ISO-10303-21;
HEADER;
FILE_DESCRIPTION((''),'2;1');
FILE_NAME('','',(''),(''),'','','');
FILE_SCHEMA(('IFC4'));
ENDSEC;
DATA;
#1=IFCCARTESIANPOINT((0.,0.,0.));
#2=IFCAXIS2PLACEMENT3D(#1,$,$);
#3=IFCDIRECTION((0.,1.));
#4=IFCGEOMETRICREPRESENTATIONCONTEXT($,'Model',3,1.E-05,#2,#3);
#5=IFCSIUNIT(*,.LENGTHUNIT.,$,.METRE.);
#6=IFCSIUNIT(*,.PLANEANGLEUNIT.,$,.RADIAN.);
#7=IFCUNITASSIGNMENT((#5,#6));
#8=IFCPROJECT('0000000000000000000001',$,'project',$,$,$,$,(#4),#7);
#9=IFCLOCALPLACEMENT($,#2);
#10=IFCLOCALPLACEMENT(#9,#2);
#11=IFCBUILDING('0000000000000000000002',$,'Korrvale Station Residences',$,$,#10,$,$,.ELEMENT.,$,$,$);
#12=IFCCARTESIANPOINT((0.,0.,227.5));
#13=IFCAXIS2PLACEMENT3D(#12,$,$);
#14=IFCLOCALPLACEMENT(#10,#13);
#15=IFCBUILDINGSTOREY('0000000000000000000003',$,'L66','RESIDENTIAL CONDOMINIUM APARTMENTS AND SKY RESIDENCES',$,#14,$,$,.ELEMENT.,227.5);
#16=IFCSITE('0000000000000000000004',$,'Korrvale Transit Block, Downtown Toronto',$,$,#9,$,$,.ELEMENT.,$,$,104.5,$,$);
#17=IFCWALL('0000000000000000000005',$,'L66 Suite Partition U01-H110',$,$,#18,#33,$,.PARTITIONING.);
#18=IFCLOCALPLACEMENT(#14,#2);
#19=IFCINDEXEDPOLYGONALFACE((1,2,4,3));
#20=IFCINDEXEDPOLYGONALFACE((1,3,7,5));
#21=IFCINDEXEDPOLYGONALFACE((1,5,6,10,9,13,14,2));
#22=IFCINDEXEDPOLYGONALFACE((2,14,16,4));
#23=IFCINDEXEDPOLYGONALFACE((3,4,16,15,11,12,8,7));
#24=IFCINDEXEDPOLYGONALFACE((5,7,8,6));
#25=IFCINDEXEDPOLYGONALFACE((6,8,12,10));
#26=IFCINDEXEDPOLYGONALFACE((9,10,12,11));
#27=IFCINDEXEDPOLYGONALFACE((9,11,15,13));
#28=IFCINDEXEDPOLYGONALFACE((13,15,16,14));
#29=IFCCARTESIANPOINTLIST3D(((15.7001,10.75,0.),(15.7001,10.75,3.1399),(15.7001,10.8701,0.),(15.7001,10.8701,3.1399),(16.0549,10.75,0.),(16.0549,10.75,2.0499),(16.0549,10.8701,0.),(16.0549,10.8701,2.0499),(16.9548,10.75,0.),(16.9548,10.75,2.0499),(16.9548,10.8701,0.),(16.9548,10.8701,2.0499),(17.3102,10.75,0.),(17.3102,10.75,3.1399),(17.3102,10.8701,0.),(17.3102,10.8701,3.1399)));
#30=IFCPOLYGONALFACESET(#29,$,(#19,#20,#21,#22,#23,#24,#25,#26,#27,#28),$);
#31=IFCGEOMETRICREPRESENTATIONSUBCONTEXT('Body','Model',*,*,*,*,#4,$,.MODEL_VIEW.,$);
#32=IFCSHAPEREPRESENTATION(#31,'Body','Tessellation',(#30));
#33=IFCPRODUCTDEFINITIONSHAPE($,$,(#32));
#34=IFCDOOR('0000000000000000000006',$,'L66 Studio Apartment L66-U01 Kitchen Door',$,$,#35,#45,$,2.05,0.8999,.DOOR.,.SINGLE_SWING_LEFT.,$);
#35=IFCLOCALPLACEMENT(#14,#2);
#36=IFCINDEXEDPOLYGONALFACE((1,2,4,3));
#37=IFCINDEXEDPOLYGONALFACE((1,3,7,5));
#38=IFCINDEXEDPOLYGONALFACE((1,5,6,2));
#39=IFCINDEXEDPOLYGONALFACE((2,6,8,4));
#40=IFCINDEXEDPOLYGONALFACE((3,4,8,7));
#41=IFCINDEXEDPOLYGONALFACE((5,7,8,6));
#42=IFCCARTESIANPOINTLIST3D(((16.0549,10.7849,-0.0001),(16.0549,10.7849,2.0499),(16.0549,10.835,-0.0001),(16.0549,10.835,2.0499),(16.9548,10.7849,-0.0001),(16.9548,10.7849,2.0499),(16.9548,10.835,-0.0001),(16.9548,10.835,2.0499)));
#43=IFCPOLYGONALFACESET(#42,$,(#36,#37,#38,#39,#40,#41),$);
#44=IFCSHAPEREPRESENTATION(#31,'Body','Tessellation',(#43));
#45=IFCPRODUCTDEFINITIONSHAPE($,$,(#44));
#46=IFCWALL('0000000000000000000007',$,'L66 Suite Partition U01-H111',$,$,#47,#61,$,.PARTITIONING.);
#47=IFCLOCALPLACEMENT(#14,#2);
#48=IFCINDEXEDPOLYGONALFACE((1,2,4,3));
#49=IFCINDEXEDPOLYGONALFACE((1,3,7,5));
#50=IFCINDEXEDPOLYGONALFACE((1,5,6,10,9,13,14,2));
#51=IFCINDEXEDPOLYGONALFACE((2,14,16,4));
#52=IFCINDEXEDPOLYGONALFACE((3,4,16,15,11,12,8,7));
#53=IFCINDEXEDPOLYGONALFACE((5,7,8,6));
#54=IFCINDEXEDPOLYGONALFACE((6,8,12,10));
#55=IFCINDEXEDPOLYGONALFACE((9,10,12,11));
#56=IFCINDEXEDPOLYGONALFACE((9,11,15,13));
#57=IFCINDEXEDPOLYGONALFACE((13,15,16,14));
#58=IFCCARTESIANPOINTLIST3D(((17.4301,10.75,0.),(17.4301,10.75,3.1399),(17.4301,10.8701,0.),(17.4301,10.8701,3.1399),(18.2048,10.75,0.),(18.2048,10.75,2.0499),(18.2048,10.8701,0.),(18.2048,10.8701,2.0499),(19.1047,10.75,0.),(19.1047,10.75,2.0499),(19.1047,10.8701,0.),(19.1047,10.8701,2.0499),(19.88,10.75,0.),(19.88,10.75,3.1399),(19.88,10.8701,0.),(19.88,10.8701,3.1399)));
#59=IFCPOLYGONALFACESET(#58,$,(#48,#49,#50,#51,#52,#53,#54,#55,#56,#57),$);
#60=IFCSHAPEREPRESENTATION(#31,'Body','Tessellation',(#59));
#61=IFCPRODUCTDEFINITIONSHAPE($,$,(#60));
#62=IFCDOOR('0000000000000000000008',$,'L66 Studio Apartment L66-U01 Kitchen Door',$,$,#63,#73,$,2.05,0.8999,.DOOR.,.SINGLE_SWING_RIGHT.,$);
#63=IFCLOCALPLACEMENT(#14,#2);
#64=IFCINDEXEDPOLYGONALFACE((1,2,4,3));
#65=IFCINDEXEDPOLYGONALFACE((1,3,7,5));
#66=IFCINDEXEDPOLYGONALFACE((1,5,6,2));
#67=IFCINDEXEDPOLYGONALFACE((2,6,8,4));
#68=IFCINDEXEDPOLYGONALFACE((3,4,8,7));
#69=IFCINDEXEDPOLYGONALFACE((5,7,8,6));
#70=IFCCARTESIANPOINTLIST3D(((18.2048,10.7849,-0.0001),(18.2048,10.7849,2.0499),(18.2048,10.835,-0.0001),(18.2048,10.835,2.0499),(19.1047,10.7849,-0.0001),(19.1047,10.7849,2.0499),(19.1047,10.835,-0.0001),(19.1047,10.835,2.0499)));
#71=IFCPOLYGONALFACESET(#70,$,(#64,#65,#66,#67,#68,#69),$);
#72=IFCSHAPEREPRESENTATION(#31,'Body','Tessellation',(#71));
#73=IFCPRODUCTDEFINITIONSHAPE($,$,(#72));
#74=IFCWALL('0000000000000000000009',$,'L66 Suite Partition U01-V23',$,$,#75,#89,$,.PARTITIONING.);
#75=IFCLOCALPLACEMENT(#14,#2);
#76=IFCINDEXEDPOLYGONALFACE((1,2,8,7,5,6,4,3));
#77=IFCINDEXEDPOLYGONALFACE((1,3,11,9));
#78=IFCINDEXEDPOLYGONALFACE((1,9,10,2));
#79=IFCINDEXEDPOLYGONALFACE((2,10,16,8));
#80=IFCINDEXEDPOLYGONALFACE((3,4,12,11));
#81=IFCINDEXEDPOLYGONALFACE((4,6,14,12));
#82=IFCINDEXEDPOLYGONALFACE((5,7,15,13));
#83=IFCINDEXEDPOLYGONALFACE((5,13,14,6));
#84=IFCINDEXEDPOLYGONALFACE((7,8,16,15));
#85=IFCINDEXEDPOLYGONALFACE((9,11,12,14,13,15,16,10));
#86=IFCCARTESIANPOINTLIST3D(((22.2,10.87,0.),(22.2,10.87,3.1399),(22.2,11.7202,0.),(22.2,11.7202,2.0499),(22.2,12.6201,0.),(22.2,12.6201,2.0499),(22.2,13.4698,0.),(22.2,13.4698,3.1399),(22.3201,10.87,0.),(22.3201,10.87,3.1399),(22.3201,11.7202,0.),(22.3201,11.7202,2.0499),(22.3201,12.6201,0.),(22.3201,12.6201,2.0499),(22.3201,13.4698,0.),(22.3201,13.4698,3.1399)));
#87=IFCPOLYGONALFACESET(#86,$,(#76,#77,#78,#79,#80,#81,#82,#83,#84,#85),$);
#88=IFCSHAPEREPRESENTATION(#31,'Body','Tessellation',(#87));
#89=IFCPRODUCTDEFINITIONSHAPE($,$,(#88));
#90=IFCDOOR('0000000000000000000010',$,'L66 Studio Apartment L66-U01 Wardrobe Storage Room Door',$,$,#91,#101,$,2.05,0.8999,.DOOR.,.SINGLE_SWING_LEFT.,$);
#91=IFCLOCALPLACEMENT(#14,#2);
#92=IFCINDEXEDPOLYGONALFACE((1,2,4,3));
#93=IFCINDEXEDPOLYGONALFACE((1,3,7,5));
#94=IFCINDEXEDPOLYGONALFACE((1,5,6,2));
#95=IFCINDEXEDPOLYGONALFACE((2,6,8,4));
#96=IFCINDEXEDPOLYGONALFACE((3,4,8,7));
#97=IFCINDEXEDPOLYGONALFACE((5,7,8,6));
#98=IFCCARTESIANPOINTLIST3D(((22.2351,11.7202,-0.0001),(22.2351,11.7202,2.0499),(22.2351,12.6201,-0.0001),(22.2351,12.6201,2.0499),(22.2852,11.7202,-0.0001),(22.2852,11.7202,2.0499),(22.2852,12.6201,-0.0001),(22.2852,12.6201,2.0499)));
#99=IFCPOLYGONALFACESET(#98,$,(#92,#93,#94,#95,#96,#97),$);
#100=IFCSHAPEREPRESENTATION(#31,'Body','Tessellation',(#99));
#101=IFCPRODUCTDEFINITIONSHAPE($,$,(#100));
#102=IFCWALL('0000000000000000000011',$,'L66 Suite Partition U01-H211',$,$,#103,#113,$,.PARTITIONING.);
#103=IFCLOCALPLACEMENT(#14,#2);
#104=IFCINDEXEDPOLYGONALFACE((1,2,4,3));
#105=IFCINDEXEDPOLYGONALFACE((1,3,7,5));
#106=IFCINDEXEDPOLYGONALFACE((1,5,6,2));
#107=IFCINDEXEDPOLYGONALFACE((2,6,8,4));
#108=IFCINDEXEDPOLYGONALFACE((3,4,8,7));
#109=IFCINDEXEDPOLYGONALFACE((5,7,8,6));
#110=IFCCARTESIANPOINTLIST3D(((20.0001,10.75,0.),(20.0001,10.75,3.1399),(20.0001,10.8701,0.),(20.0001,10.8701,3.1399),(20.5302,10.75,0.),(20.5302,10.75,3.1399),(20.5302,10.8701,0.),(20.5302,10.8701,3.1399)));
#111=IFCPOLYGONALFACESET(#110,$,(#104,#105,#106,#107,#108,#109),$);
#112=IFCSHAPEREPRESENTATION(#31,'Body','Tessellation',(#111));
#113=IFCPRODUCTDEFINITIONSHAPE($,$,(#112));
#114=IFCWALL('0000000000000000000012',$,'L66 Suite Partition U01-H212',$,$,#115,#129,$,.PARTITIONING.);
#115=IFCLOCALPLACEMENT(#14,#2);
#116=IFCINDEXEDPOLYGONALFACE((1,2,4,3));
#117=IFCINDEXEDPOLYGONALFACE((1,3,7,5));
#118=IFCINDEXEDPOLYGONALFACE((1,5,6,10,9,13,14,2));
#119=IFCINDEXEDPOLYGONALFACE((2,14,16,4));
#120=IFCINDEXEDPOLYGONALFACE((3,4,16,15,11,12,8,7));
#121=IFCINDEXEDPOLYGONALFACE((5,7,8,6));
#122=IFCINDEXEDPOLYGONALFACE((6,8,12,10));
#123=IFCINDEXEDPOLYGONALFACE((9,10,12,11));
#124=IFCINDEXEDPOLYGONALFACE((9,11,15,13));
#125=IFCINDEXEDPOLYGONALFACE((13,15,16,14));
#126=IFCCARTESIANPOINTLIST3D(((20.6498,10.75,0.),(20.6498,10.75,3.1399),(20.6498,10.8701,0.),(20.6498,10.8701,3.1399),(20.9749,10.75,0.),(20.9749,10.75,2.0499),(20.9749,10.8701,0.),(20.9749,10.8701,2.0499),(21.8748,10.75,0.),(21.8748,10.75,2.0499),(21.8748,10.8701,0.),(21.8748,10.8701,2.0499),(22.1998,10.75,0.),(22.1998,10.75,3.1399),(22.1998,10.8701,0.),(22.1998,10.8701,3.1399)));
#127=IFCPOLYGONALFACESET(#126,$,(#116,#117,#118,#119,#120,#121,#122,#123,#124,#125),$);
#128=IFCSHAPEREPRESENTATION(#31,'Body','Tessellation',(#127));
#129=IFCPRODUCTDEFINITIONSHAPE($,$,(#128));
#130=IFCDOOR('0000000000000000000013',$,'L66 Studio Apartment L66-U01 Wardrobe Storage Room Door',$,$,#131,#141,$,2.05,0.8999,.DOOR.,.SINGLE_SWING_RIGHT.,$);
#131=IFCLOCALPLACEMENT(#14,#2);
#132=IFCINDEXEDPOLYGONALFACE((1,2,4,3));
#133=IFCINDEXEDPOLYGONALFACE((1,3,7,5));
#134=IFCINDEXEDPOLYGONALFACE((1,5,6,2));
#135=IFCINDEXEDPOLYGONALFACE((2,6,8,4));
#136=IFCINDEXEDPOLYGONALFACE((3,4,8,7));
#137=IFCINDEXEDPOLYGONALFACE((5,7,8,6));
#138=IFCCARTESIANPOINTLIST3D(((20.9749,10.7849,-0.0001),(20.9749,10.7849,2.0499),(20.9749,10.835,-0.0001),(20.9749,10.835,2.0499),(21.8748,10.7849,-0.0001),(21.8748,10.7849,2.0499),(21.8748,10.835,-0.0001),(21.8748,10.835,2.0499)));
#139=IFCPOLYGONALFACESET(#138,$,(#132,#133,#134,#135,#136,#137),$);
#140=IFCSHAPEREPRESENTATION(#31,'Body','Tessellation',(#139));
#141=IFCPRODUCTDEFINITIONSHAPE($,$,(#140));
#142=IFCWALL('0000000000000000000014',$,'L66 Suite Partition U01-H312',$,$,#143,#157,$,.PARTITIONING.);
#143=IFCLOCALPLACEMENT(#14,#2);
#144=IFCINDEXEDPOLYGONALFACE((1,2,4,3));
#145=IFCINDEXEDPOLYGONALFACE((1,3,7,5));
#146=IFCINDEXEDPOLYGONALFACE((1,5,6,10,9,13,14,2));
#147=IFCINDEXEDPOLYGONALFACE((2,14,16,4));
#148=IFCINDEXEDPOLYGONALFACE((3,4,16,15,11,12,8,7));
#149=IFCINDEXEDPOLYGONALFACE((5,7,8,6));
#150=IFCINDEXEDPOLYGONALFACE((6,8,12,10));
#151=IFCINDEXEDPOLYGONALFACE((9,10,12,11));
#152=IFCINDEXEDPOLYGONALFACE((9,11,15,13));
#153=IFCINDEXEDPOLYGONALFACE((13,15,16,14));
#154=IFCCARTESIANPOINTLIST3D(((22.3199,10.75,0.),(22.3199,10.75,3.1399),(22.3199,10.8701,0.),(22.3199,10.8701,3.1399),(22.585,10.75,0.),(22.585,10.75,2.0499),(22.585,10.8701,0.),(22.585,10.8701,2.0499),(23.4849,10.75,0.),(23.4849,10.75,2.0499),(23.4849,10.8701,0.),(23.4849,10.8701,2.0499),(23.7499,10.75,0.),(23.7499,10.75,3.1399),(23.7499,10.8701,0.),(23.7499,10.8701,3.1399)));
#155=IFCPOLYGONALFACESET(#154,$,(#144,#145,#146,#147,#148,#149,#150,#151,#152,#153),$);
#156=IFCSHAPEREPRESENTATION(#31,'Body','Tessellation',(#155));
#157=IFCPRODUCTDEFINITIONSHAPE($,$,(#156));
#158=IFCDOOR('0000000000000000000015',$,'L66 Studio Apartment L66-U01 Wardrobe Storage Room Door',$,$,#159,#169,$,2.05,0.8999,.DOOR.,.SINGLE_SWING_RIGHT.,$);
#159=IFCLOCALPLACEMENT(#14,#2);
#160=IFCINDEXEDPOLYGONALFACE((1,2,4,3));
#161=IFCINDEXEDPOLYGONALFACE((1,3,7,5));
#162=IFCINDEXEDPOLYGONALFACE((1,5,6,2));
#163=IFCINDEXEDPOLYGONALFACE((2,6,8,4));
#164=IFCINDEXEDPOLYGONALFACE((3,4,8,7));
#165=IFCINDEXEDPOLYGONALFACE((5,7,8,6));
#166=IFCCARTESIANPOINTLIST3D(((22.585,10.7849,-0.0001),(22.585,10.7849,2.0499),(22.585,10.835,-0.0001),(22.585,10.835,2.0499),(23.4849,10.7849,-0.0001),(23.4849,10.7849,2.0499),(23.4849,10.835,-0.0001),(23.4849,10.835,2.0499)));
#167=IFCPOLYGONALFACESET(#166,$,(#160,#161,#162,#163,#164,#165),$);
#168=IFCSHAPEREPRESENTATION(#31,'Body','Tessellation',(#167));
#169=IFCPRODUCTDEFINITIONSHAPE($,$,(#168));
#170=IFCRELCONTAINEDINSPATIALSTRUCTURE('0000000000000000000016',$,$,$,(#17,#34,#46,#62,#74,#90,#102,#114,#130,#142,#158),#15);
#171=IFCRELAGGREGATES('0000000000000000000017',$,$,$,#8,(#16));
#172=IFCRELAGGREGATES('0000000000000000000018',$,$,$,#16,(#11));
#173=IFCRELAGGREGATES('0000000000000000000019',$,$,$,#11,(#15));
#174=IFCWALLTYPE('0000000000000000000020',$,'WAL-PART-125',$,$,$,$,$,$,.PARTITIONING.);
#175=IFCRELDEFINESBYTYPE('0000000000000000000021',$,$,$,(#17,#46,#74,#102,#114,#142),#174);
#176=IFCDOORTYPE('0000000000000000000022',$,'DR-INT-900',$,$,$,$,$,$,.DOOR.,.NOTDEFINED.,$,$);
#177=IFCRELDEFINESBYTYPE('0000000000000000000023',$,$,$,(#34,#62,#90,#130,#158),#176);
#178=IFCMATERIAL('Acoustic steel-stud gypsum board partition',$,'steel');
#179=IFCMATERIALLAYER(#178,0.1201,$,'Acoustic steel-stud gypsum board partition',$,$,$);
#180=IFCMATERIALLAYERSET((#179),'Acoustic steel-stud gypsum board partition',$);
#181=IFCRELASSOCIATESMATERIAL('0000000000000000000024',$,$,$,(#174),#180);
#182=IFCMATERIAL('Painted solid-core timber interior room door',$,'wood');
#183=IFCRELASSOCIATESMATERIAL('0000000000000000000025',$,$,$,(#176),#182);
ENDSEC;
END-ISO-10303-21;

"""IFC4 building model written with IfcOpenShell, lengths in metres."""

from ifc_helpers import new_model, si_unit, direction, frame, frame_2d, origin, place, context, subcontext, project, spatial, rectangle, extrude, material, layer, layer_set, type_object, element, fill, save


model = new_model("IFC4")

# Units and contexts
model_context = context("Model", 3, precision=1e-05, world=origin(), true_north=direction((0.0, 1.0)))
body_context = subcontext(model_context, "Body", "Model", "MODEL_VIEW")
ifc_project = project(units=[si_unit("LENGTHUNIT", "METRE"), si_unit("PLANEANGLEUNIT", "RADIAN")], contexts=[model_context])

# Site, building, storey
site_placement = place(None, origin())
site = spatial("IfcSite", under=ifc_project, at=site_placement, Name="Korrvale Transit Block, Downtown Toronto", CompositionType="ELEMENT", RefElevation=104.5)
building_placement = place(site_placement, origin())
building = spatial("IfcBuilding", under=site, at=building_placement, Name="Korrvale Station Residences", CompositionType="ELEMENT")
storey_placement = place(building_placement, frame((0.0, 0.0, 227.5)))
storey = spatial("IfcBuildingStorey", under=building, at=storey_placement, Name="L66", Description="RESIDENTIAL CONDOMINIUM APARTMENTS AND SKY RESIDENCES", CompositionType="ELEMENT", Elevation=227.5)

# Walls, openings, doors
ifc_material_1 = material(Name="Acoustic steel-stud gypsum board partition", Category="steel")
ifc_layer_1 = layer(ifc_material_1, 0.1201, Name="Acoustic steel-stud gypsum board partition")
ifc_layer_set_1 = layer_set([ifc_layer_1], Name="Acoustic steel-stud gypsum board partition")
wall_type_1 = type_object("IfcWallType", Name="WAL-PART-125", PredefinedType="PARTITIONING", material=ifc_layer_set_1)
ifc_material_2 = material(Name="Painted solid-core timber interior room door", Category="wood")
door_type_1 = type_object("IfcDoorType", Name="DR-INT-900", OperationType="NOTDEFINED", PredefinedType="DOOR", material=ifc_material_2)
wall_1_placement = place(storey_placement, frame((15.7, 10.8101, 0.0), z_axis=(0.0, 0.0, 1.0), x_axis=(1.0, 0.0, 0.0)))
wall_1 = element("IfcWall", 1, at=wall_1_placement, inside=storey, type_object=wall_type_1, Name="L66 Suite Partition U01-H110", PredefinedType="PARTITIONING", context=body_context, shape_type="SweptSolid", body=[
    extrude(rectangle(XDim=1.6101, YDim=0.1201, at=frame_2d((0.8052, 0.0))), origin(), (0.0, 0.0, 1.0), 3.1399),
])
opening_1_placement = place(wall_1_placement, frame((0.355, 0.0, 0.0)))
opening_1 = element("IfcOpeningElement", 2, at=opening_1_placement, cuts=wall_1, PredefinedType="OPENING", context=body_context, shape_type="SweptSolid", body=[
    extrude(rectangle(XDim=0.8999, YDim=2.05, at=frame_2d((0.45, 1.0249))), frame((0.0, 0.0701, 0.0), z_axis=(0.0, -1.0, 0.0), x_axis=(1.0, 0.0, 0.0)), (0.0, 0.0, 1.0), 0.1401),
])
door_1_placement = place(opening_1_placement, origin())
door_1 = element("IfcDoor", 3, at=door_1_placement, inside=storey, type_object=door_type_1, Name="L66 Studio Apartment L66-U01 Kitchen Door", OperationType="SINGLE_SWING_LEFT", OverallHeight=2.05, OverallWidth=0.8999, PredefinedType="DOOR", context=body_context, shape_type="SweptSolid", body=[
    extrude(rectangle(XDim=0.8999, YDim=2.05, at=frame_2d((0.45, 1.0249))), frame((0.0, 0.0249, 0.0), z_axis=(0.0, -1.0, 0.0), x_axis=(1.0, 0.0, 0.0)), (0.0, 0.0, 1.0), 0.05),
])
fill(opening_1, door_1)
wall_2_placement = place(storey_placement, frame((17.4299, 10.8101, 0.0), z_axis=(0.0, 0.0, 1.0), x_axis=(1.0, 0.0, 0.0)))
wall_2 = element("IfcWall", 4, at=wall_2_placement, inside=storey, type_object=wall_type_1, Name="L66 Suite Partition U01-H111", PredefinedType="PARTITIONING", context=body_context, shape_type="SweptSolid", body=[
    extrude(rectangle(XDim=2.45, YDim=0.1201, at=frame_2d((1.2251, 0.0))), origin(), (0.0, 0.0, 1.0), 3.1399),
])
opening_2_placement = place(wall_2_placement, frame((0.7749, 0.0, 0.0)))
opening_2 = element("IfcOpeningElement", 5, at=opening_2_placement, cuts=wall_2, PredefinedType="OPENING", context=body_context, shape_type="SweptSolid", body=[
    extrude(rectangle(XDim=0.8999, YDim=2.05, at=frame_2d((0.45, 1.0249))), frame((0.0, 0.0701, 0.0), z_axis=(0.0, -1.0, 0.0), x_axis=(1.0, 0.0, 0.0)), (0.0, 0.0, 1.0), 0.1401),
])
door_2_placement = place(opening_2_placement, origin())
door_2 = element("IfcDoor", 6, at=door_2_placement, inside=storey, type_object=door_type_1, Name="L66 Studio Apartment L66-U01 Kitchen Door", OperationType="SINGLE_SWING_RIGHT", OverallHeight=2.05, OverallWidth=0.8999, PredefinedType="DOOR", context=body_context, shape_type="SweptSolid", body=[
    extrude(rectangle(XDim=0.8999, YDim=2.05, at=frame_2d((0.45, 1.0249))), frame((0.0, 0.0249, 0.0), z_axis=(0.0, -1.0, 0.0), x_axis=(1.0, 0.0, 0.0)), (0.0, 0.0, 1.0), 0.05),
])
fill(opening_2, door_2)
wall_3_placement = place(storey_placement, frame((22.26, 10.8701, 0.0), z_axis=(0.0, 0.0, 1.0), x_axis=(0.0, 1.0, 0.0)))
wall_3 = element("IfcWall", 7, at=wall_3_placement, inside=storey, type_object=wall_type_1, Name="L66 Suite Partition U01-V23", PredefinedType="PARTITIONING", context=body_context, shape_type="SweptSolid", body=[
    extrude(rectangle(XDim=2.5999, YDim=0.1201, at=frame_2d((1.2998, 0.0))), origin(), (0.0, 0.0, 1.0), 3.1399),
])
opening_3_placement = place(wall_3_placement, frame((0.8501, 0.0, 0.0)))
opening_3 = element("IfcOpeningElement", 8, at=opening_3_placement, cuts=wall_3, PredefinedType="OPENING", context=body_context, shape_type="SweptSolid", body=[
    extrude(rectangle(XDim=0.8999, YDim=2.05, at=frame_2d((0.45, 1.0249))), frame((0.0, 0.0701, 0.0), z_axis=(0.0, -1.0, 0.0), x_axis=(1.0, 0.0, 0.0)), (0.0, 0.0, 1.0), 0.1401),
])
door_3_placement = place(opening_3_placement, origin())
door_3 = element("IfcDoor", 9, at=door_3_placement, inside=storey, type_object=door_type_1, Name="L66 Studio Apartment L66-U01 Wardrobe Storage Room Door", OperationType="SINGLE_SWING_LEFT", OverallHeight=2.05, OverallWidth=0.8999, PredefinedType="DOOR", context=body_context, shape_type="SweptSolid", body=[
    extrude(rectangle(XDim=0.8999, YDim=2.05, at=frame_2d((0.45, 1.0249))), frame((0.0, 0.0249, 0.0), z_axis=(0.0, -1.0, 0.0), x_axis=(1.0, 0.0, 0.0)), (0.0, 0.0, 1.0), 0.05),
])
fill(opening_3, door_3)

# Wall
wall_4_placement = place(storey_placement, frame((20.0, 10.8101, 0.0), z_axis=(0.0, 0.0, 1.0), x_axis=(1.0, 0.0, 0.0)))
element("IfcWall", 10, at=wall_4_placement, inside=storey, type_object=wall_type_1, Name="L66 Suite Partition U01-H211", PredefinedType="PARTITIONING", context=body_context, shape_type="SweptSolid", body=[
    extrude(rectangle(XDim=0.53, YDim=0.1201, at=frame_2d((0.2651, 0.0))), origin(), (0.0, 0.0, 1.0), 3.1399),
])

# Walls, openings, doors
wall_5_placement = place(storey_placement, frame((20.6499, 10.8101, 0.0), z_axis=(0.0, 0.0, 1.0), x_axis=(1.0, 0.0, 0.0)))
wall_5 = element("IfcWall", 11, at=wall_5_placement, inside=storey, type_object=wall_type_1, Name="L66 Suite Partition U01-H212", PredefinedType="PARTITIONING", context=body_context, shape_type="SweptSolid", body=[
    extrude(rectangle(XDim=1.55, YDim=0.1201, at=frame_2d((0.7749, 0.0))), origin(), (0.0, 0.0, 1.0), 3.1399),
])
opening_4_placement = place(wall_5_placement, frame((0.325, 0.0, 0.0)))
opening_4 = element("IfcOpeningElement", 12, at=opening_4_placement, cuts=wall_5, PredefinedType="OPENING", context=body_context, shape_type="SweptSolid", body=[
    extrude(rectangle(XDim=0.8999, YDim=2.05, at=frame_2d((0.45, 1.0249))), frame((0.0, 0.0701, 0.0), z_axis=(0.0, -1.0, 0.0), x_axis=(1.0, 0.0, 0.0)), (0.0, 0.0, 1.0), 0.1401),
])
door_4_placement = place(opening_4_placement, origin())
door_4 = element("IfcDoor", 13, at=door_4_placement, inside=storey, type_object=door_type_1, Name="L66 Studio Apartment L66-U01 Wardrobe Storage Room Door", OperationType="SINGLE_SWING_RIGHT", OverallHeight=2.05, OverallWidth=0.8999, PredefinedType="DOOR", context=body_context, shape_type="SweptSolid", body=[
    extrude(rectangle(XDim=0.8999, YDim=2.05, at=frame_2d((0.45, 1.0249))), frame((0.0, 0.0249, 0.0), z_axis=(0.0, -1.0, 0.0), x_axis=(1.0, 0.0, 0.0)), (0.0, 0.0, 1.0), 0.05),
])
fill(opening_4, door_4)
wall_6_placement = place(storey_placement, frame((22.3201, 10.8101, 0.0), z_axis=(0.0, 0.0, 1.0), x_axis=(1.0, 0.0, 0.0)))
wall_6 = element("IfcWall", 14, at=wall_6_placement, inside=storey, type_object=wall_type_1, Name="L66 Suite Partition U01-H312", PredefinedType="PARTITIONING", context=body_context, shape_type="SweptSolid", body=[
    extrude(rectangle(XDim=1.4299, YDim=0.1201, at=frame_2d((0.7148, 0.0))), origin(), (0.0, 0.0, 1.0), 3.1399),
])
opening_5_placement = place(wall_6_placement, frame((0.2649, 0.0, 0.0)))
opening_5 = element("IfcOpeningElement", 15, at=opening_5_placement, cuts=wall_6, PredefinedType="OPENING", context=body_context, shape_type="SweptSolid", body=[
    extrude(rectangle(XDim=0.8999, YDim=2.05, at=frame_2d((0.45, 1.0249))), frame((0.0, 0.0701, 0.0), z_axis=(0.0, -1.0, 0.0), x_axis=(1.0, 0.0, 0.0)), (0.0, 0.0, 1.0), 0.1401),
])
door_5_placement = place(opening_5_placement, origin())
door_5 = element("IfcDoor", 16, at=door_5_placement, inside=storey, type_object=door_type_1, Name="L66 Studio Apartment L66-U01 Wardrobe Storage Room Door", OperationType="SINGLE_SWING_RIGHT", OverallHeight=2.05, OverallWidth=0.8999, PredefinedType="DOOR", context=body_context, shape_type="SweptSolid", body=[
    extrude(rectangle(XDim=0.8999, YDim=2.05, at=frame_2d((0.45, 1.0249))), frame((0.0, 0.0249, 0.0), z_axis=(0.0, -1.0, 0.0), x_axis=(1.0, 0.0, 0.0)), (0.0, 0.0, 1.0), 0.05),
])
fill(opening_5, door_5)

save(model, "model.ifc")
